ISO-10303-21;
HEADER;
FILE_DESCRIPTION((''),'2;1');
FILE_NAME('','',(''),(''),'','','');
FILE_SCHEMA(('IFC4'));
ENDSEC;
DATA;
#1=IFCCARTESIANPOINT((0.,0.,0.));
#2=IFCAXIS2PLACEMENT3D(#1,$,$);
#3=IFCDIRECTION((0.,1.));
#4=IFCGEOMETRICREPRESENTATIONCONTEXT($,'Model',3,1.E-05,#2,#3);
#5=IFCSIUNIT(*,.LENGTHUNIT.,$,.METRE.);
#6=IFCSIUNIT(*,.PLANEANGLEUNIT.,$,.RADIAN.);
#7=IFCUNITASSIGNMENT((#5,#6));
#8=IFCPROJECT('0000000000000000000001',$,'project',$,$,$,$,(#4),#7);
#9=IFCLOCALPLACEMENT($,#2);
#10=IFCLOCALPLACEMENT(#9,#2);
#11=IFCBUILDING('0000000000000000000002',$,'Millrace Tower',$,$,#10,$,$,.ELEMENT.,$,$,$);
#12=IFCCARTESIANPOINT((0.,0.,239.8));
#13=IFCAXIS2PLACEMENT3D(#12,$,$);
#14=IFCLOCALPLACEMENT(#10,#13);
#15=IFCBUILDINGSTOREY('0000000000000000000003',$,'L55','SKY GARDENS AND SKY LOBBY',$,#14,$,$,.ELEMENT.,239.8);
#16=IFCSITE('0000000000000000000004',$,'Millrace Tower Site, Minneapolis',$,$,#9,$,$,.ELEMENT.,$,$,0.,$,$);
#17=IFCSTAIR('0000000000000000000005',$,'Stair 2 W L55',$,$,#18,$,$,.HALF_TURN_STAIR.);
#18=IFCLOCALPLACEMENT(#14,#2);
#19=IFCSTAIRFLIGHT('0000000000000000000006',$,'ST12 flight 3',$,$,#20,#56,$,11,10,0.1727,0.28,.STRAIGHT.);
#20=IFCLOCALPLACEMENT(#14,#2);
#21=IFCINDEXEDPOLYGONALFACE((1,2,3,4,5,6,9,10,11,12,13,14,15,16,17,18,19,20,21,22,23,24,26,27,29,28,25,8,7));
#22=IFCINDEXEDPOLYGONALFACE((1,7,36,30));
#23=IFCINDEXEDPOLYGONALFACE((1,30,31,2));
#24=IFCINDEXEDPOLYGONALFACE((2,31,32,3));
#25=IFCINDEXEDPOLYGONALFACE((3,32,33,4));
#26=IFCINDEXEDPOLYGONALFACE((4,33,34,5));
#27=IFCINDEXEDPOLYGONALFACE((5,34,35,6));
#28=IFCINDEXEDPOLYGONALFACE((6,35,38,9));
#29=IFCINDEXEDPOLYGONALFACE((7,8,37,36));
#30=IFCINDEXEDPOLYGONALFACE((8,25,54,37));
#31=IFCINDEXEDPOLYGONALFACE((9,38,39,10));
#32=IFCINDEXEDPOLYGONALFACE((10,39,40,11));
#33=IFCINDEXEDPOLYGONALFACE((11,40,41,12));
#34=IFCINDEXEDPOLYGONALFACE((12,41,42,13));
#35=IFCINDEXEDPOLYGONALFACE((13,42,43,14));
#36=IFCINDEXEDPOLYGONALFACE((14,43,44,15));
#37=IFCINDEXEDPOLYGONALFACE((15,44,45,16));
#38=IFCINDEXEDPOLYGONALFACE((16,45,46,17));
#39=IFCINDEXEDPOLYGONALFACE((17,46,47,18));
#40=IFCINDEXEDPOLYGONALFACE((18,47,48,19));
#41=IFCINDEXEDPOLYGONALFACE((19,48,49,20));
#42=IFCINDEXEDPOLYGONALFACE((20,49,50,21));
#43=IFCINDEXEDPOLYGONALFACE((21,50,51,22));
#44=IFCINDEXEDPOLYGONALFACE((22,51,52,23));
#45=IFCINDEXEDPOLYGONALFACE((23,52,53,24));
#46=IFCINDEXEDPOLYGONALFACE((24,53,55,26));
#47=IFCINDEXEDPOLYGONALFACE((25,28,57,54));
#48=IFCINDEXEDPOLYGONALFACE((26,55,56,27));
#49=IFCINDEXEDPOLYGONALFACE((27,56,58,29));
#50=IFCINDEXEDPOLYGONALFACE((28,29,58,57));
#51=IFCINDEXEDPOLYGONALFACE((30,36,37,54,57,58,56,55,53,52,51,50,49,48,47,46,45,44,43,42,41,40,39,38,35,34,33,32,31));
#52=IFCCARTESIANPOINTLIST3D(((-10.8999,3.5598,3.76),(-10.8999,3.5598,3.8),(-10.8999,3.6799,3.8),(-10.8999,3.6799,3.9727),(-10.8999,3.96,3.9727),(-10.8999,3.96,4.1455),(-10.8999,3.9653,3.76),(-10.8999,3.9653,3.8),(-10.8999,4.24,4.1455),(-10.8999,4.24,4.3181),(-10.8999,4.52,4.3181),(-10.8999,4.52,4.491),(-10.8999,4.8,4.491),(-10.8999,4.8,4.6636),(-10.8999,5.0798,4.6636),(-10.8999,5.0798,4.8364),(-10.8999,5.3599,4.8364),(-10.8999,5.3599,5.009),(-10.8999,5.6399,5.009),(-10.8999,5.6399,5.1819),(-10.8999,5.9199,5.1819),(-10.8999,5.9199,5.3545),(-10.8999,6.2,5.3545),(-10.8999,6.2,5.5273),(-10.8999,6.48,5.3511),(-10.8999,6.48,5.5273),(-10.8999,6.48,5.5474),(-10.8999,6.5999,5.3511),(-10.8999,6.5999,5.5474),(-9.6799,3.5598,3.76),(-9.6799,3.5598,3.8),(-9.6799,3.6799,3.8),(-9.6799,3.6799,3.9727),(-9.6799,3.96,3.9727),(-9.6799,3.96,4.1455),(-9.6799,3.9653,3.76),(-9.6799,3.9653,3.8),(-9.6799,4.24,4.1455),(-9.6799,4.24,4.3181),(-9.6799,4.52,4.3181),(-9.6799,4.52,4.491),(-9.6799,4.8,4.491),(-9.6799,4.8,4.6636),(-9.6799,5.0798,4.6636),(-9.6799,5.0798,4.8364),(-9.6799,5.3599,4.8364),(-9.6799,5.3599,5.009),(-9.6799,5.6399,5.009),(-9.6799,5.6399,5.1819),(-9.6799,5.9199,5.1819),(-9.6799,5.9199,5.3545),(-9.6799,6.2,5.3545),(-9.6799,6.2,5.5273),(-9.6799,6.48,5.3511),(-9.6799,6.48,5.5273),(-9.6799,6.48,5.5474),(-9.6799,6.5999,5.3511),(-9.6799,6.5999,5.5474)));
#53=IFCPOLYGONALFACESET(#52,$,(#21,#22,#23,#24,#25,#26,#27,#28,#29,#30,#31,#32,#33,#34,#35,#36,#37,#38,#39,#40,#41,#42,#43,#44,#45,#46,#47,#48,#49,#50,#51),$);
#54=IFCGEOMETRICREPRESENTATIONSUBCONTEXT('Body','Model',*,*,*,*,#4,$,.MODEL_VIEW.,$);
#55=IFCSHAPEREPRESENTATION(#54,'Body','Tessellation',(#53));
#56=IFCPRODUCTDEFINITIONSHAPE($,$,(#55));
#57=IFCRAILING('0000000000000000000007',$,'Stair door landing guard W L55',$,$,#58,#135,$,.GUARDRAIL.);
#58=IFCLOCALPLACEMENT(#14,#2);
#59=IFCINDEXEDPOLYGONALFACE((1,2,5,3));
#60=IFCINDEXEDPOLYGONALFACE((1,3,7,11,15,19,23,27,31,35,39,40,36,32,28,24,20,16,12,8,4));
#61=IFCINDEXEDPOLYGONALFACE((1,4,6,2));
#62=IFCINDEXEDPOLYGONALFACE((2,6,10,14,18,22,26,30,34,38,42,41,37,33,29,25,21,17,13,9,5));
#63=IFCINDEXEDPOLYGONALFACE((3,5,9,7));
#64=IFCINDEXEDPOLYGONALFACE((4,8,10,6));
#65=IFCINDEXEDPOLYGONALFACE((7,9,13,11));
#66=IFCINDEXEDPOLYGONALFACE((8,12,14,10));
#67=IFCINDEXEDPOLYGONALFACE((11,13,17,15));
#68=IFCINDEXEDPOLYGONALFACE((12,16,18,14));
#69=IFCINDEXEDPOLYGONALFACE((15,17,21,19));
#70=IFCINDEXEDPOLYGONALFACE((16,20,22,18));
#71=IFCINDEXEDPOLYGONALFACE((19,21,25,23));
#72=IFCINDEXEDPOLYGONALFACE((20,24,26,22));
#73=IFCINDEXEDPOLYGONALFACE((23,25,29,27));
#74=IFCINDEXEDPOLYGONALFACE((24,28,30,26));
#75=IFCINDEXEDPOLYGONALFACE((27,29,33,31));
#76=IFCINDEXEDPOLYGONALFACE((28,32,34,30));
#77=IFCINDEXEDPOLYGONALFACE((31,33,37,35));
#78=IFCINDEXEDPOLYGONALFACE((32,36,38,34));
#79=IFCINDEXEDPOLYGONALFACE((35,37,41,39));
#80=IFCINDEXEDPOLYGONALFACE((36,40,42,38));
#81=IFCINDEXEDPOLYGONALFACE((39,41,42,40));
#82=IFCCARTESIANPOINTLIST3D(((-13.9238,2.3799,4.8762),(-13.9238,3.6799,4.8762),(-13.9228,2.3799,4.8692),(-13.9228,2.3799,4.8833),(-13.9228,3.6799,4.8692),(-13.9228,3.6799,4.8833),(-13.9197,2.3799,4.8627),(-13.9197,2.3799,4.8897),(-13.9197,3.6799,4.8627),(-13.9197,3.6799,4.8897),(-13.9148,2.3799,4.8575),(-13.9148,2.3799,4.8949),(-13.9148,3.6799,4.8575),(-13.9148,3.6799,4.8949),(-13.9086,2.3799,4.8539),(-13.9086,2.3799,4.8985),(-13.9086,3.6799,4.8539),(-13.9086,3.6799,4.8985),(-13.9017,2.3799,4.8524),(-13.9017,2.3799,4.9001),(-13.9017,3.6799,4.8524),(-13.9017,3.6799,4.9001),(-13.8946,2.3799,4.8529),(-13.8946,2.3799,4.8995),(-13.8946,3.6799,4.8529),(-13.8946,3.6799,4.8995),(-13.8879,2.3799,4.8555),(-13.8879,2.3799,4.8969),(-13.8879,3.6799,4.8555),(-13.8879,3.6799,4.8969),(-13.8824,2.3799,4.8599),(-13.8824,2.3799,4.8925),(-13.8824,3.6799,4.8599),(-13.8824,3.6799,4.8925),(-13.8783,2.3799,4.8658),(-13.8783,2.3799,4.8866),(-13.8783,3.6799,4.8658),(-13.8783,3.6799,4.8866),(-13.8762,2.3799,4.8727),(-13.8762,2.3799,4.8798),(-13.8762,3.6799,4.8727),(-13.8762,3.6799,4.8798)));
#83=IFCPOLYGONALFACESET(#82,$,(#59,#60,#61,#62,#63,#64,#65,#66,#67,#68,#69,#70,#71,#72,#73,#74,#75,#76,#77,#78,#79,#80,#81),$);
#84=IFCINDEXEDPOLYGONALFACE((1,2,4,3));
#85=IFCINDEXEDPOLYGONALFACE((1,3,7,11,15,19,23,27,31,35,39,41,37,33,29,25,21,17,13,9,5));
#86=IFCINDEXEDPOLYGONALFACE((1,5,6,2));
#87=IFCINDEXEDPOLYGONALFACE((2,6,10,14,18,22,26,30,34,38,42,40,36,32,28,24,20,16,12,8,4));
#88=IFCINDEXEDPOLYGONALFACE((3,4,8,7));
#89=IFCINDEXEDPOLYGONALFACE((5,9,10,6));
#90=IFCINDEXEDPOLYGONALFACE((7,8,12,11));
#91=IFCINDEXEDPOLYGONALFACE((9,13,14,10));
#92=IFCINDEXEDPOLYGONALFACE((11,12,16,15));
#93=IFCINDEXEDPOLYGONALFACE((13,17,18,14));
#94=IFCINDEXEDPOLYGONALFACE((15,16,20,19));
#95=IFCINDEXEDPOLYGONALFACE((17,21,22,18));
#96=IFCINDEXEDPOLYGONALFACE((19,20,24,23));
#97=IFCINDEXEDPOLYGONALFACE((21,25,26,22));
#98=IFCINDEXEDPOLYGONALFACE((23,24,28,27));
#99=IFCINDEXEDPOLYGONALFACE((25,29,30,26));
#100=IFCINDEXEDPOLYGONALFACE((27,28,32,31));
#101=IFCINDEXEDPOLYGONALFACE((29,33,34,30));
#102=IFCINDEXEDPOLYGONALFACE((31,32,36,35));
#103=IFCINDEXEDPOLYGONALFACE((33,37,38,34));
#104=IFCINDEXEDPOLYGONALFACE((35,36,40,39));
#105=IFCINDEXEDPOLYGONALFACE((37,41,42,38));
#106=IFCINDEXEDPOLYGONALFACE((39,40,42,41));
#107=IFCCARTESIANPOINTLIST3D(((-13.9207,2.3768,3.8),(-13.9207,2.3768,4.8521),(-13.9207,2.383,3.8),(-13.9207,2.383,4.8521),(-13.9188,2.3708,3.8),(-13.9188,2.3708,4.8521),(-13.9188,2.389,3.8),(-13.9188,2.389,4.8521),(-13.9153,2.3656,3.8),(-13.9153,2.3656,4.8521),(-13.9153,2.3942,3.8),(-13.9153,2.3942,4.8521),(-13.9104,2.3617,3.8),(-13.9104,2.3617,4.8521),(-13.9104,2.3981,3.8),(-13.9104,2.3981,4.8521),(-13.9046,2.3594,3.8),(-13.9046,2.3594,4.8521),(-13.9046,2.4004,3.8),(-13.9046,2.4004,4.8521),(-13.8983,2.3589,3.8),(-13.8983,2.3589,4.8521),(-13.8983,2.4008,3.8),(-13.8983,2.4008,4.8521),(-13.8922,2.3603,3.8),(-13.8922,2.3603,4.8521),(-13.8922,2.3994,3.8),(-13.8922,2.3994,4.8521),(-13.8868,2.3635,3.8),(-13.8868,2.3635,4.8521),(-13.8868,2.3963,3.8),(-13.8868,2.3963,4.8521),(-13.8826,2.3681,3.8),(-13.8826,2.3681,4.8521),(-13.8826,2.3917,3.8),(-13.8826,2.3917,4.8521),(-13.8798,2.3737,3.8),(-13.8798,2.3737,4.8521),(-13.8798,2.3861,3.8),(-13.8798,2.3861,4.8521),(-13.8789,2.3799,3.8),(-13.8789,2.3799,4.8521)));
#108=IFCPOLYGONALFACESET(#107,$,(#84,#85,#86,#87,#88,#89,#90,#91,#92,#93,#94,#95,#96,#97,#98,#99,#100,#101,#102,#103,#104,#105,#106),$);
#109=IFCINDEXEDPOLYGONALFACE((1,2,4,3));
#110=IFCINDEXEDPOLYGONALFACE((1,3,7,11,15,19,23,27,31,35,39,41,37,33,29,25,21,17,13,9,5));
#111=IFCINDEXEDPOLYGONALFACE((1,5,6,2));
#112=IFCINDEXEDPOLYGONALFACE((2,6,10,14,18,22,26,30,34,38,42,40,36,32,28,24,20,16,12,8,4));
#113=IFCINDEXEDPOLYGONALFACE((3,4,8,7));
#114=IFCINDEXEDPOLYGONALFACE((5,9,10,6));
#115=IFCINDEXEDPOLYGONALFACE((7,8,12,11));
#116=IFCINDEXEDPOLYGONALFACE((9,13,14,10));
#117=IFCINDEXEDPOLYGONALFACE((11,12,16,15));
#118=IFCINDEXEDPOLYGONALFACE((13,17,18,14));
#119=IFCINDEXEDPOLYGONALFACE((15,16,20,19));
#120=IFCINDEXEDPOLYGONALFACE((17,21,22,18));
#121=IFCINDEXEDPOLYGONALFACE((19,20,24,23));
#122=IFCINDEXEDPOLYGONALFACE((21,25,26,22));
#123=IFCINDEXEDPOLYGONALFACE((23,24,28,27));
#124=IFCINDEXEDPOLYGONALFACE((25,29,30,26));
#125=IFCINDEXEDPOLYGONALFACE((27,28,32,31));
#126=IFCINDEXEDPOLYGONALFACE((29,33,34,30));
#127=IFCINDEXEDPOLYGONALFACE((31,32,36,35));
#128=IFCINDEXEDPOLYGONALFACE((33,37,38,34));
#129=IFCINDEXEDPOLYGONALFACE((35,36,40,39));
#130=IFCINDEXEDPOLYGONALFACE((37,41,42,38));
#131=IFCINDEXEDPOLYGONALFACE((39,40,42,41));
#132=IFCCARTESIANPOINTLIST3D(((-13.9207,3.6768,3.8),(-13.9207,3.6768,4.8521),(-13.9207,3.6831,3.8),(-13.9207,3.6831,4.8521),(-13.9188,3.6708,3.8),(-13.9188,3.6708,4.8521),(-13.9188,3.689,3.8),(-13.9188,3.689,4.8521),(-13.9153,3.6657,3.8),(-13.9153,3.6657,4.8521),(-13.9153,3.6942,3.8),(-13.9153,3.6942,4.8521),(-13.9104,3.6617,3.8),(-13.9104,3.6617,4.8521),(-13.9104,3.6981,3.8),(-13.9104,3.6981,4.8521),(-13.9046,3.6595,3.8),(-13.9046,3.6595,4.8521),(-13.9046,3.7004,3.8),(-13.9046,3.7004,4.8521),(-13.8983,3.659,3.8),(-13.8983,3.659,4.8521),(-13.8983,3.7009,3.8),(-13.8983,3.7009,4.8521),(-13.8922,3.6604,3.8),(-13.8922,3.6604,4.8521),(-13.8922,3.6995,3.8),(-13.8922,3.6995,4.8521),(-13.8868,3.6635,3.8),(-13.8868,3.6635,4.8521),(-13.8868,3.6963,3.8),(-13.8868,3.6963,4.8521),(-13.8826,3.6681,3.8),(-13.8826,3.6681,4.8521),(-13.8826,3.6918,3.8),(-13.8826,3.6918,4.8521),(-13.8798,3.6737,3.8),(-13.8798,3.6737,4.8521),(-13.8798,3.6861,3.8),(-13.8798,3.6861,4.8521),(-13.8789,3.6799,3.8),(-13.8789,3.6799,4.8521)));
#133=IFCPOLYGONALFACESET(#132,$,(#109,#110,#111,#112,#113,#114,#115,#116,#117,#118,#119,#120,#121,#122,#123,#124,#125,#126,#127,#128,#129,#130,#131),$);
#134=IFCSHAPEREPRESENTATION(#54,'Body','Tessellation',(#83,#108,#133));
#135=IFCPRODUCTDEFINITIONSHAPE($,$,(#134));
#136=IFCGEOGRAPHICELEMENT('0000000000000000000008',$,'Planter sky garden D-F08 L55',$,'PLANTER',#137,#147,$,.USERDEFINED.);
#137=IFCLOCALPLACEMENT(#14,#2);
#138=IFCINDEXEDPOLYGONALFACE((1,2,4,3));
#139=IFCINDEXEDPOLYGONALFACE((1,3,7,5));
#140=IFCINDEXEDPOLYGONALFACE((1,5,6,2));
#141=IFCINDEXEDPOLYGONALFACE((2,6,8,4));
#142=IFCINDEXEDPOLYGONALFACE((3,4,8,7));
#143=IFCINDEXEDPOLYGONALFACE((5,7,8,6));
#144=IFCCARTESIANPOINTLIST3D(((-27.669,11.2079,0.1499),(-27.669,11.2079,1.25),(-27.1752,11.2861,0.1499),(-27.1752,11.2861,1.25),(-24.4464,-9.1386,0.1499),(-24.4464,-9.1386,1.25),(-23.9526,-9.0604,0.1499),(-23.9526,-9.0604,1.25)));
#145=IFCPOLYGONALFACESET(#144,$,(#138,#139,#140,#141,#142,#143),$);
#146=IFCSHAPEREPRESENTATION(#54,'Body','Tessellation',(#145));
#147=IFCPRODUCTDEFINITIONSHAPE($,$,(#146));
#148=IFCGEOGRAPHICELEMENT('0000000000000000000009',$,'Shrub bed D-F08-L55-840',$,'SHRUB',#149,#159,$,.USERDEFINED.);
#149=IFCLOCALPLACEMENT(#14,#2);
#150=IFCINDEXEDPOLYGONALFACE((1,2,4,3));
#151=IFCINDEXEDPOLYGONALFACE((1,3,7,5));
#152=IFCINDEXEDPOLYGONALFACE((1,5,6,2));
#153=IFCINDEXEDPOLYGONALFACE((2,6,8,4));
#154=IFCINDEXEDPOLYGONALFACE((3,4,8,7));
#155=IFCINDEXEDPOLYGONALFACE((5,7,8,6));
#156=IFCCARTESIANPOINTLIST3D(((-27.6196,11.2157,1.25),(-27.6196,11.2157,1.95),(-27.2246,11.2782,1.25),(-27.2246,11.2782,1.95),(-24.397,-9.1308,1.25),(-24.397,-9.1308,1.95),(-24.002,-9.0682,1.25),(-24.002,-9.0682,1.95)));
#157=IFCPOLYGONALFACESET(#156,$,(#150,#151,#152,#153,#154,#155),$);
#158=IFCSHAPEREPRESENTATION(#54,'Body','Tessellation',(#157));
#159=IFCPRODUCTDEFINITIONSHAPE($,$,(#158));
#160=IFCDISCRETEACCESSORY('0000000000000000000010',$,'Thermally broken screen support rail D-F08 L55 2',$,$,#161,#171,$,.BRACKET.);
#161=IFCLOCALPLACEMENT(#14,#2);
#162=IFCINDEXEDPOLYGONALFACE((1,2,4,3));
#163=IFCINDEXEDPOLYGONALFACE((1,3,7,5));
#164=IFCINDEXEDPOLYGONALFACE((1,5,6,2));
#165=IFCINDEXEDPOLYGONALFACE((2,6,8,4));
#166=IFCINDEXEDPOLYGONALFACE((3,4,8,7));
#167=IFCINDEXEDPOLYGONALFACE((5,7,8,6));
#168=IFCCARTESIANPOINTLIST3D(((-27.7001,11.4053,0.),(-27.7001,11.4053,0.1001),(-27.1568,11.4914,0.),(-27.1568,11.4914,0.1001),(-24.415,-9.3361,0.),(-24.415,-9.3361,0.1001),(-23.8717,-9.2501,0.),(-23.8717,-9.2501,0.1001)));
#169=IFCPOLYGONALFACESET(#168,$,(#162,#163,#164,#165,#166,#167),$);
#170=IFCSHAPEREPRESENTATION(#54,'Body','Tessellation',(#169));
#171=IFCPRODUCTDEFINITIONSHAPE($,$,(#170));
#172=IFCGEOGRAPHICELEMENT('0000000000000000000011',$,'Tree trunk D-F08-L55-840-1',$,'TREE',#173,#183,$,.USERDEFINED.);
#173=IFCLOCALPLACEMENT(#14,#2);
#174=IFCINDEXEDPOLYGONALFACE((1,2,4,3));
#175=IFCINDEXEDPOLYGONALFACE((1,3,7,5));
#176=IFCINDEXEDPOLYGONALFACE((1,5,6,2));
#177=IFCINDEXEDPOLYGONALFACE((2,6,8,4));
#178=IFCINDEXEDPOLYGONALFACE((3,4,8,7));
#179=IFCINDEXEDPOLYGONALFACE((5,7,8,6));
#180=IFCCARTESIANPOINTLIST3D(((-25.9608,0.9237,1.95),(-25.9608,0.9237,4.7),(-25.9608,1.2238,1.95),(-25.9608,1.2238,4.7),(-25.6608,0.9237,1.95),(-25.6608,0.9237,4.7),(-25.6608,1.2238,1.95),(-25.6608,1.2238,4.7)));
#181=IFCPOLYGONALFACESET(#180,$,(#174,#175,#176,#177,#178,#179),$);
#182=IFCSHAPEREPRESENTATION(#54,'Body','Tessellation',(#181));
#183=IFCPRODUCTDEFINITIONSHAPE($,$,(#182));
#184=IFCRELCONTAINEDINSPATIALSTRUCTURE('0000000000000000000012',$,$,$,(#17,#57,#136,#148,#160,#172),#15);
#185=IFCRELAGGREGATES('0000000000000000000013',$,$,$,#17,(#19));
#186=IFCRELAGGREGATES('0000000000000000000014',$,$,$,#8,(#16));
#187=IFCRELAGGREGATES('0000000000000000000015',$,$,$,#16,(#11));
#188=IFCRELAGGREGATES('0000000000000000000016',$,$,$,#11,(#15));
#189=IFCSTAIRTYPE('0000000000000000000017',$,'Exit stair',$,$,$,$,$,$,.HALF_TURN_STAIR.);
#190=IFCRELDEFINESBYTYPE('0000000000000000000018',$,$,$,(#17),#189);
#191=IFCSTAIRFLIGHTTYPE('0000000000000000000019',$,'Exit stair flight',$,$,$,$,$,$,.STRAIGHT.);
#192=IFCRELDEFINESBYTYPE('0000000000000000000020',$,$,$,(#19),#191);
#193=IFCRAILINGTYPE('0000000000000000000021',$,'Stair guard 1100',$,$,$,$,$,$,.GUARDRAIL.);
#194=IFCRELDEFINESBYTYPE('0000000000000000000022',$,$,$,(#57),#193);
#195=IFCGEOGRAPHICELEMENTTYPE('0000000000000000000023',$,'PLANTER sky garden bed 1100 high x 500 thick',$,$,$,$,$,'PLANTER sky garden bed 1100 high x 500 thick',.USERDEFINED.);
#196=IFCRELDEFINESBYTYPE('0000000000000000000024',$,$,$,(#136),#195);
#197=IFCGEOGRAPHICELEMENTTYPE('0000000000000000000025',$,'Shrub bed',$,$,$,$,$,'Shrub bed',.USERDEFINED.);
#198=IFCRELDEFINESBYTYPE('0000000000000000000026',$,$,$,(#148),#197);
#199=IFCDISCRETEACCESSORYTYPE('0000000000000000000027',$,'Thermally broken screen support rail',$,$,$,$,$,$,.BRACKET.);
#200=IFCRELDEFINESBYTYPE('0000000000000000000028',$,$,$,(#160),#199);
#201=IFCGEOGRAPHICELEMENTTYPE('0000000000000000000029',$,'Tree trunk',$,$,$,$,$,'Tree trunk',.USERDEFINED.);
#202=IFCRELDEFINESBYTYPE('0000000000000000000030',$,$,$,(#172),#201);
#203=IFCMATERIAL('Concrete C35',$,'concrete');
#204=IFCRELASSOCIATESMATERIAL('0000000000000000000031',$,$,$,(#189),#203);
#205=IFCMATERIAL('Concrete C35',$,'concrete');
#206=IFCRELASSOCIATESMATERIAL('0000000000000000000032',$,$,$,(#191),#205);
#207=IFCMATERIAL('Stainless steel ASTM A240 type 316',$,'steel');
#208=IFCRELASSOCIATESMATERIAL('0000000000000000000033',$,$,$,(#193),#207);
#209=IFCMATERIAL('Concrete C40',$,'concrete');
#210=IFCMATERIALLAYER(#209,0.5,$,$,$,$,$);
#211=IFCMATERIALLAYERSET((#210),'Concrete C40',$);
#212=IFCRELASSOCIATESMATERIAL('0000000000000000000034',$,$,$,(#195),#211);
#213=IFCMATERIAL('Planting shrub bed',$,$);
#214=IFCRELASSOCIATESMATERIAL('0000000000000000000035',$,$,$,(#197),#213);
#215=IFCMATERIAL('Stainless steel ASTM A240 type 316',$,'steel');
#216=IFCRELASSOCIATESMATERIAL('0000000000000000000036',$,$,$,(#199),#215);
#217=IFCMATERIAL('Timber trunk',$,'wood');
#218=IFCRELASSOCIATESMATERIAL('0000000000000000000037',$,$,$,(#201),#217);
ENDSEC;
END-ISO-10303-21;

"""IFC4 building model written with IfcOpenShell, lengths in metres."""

from ifc_helpers import new_model, si_unit, direction, frame, origin, origin_2d, place, context, subcontext, project, spatial, polyline, rectangle, circle, outline, extrude, material, layer, layer_set, type_object, element, aggregate, save


model = new_model("IFC4")

# Units and contexts
model_context = context("Model", 3, precision=1e-05, world=origin(), true_north=direction((0.0, 1.0)))
body_context = subcontext(model_context, "Body", "Model", "MODEL_VIEW")
ifc_project = project(units=[si_unit("LENGTHUNIT", "METRE"), si_unit("PLANEANGLEUNIT", "RADIAN")], contexts=[model_context])

# Site, building, storey
site_placement = place(None, origin())
site = spatial("IfcSite", under=ifc_project, at=site_placement, Name="Millrace Tower Site, Minneapolis", CompositionType="ELEMENT", RefElevation=0.0)
building_placement = place(site_placement, origin())
building = spatial("IfcBuilding", under=site, at=building_placement, Name="Millrace Tower", CompositionType="ELEMENT")
storey_placement = place(building_placement, frame((0.0, 0.0, 239.8)))
storey = spatial("IfcBuildingStorey", under=building, at=storey_placement, Name="L55", Description="SKY GARDENS AND SKY LOBBY", CompositionType="ELEMENT", Elevation=239.8)

# Shared definitions
placement = place(storey_placement, origin())

# Stair, stair flight
ifc_material_1 = material(Name="Concrete C35", Category="concrete")
stair_type = type_object("IfcStairType", Name="Exit stair", PredefinedType="HALF_TURN_STAIR", material=ifc_material_1)
ifc_material_2 = material(Name="Concrete C35", Category="concrete")
stair_flight_type = type_object("IfcStairFlightType", Name="Exit stair flight", PredefinedType="STRAIGHT", material=ifc_material_2)
stair_1 = element("IfcStair", 1, at=placement, inside=storey, type_object=stair_type, Name="Stair 2 W L55", PredefinedType="HALF_TURN_STAIR")
stair_flight_1_placement = place(storey_placement, frame((-10.29, 3.6799, 3.8), z_axis=(0.0, 0.0, 1.0), x_axis=(0.0, 1.0, 0.0)))
stair_flight_1 = element("IfcStairFlight", 2, at=stair_flight_1_placement, type_object=stair_flight_type, Name="ST12 flight 3", NumberOfRisers=11, NumberOfTreads=10, PredefinedType="STRAIGHT", RiserHeight=0.1727, TreadLength=0.28, context=body_context, shape_type="SweptSolid", body=[
    extrude(outline(polyline([(-0.1201, -0.04), (-0.1201, 0.0), (0.0, 0.0), (0.0, 0.1726), (0.28, 0.1726), (0.28, 0.3455), (0.5601, 0.3455), (0.5601, 0.5181), (0.8401, 0.5181), (0.8401, 0.6909), (1.1201, 0.6909), (1.1201, 0.8635), (1.3999, 0.8635), (1.3999, 1.0364), (1.6799, 1.0364), (1.6799, 1.209), (1.96, 1.209), (1.96, 1.3818), (2.24, 1.3818), (2.24, 1.5544), (2.52, 1.5544), (2.52, 1.7273), (2.8, 1.7273), (2.8, 1.7473), (2.9199, 1.7473), (2.9199, 1.551), (2.8, 1.551), (0.2854, 0.0), (0.2854, -0.04), (-0.1201, -0.04)])), frame((0.0, 0.6099, 0.0), z_axis=(0.0, -1.0, 0.0), x_axis=(1.0, 0.0, 0.0)), (0.0, 0.0, 1.0), 1.22),
])
aggregate(stair_1, [stair_flight_1])

# Railing
ifc_material_3 = material(Name="Stainless steel ASTM A240 type 316", Category="steel")
railing_type_1 = type_object("IfcRailingType", Name="Stair guard 1100", PredefinedType="GUARDRAIL", material=ifc_material_3)
railing_1_placement = place(storey_placement, frame((-13.8999, 2.3799, 3.8)))
element("IfcRailing", 3, at=railing_1_placement, inside=storey, type_object=railing_type_1, Name="Stair door landing guard W L55", PredefinedType="GUARDRAIL", context=body_context, shape_type="SweptSolid", body=[
    extrude(circle(Radius=0.0239, at=origin_2d()), frame((0.0, 0.0, 1.0762), z_axis=(0.0, 1.0, 0.0), x_axis=(-1.0, 0.0, 0.0)), (0.0, 0.0, 1.0), 1.3),
    extrude(circle(Radius=0.021, at=origin_2d()), origin(), (0.0, 0.0, 1.0), 1.052),
    extrude(circle(Radius=0.021, at=origin_2d()), frame((0.0, 1.3, 0.0)), (0.0, 0.0, 1.0), 1.052),
])

# Geographic elements
ifc_material_4 = material(Name="Concrete C40", Category="concrete")
ifc_layer_1 = layer(ifc_material_4, 0.5)
ifc_layer_set_1 = layer_set([ifc_layer_1], Name="Concrete C40")
geographic_element_type_1 = type_object("IfcGeographicElementType", Name="PLANTER sky garden bed 1100 high x 500 thick", ElementType="PLANTER sky garden bed 1100 high x 500 thick", PredefinedType="USERDEFINED", material=ifc_layer_set_1)
geographic_element_1_placement = place(storey_placement, frame((-25.8108, 1.0737, 0.1499), z_axis=(0.0, 0.0, 1.0), x_axis=(0.156434, -0.987688, 0.0)))
element("IfcGeographicElement", 4, at=geographic_element_1_placement, inside=storey, type_object=geographic_element_type_1, Name="Planter sky garden D-F08 L55", ObjectType="PLANTER", PredefinedType="USERDEFINED", context=body_context, shape_type="SweptSolid", body=[
    extrude(rectangle(XDim=20.6001, YDim=0.5, at=origin_2d()), origin(), (0.0, 0.0, 1.0), 1.1001),
])
ifc_material_5 = material(Name="Planting shrub bed")
geographic_element_type_2 = type_object("IfcGeographicElementType", Name="Shrub bed", ElementType="Shrub bed", PredefinedType="USERDEFINED", material=ifc_material_5)
geographic_element_2_placement = place(storey_placement, frame((-25.8108, 1.0737, 1.25), z_axis=(0.0, 0.0, 1.0), x_axis=(0.156434, -0.987688, 0.0)))
element("IfcGeographicElement", 5, at=geographic_element_2_placement, inside=storey, type_object=geographic_element_type_2, Name="Shrub bed D-F08-L55-840", ObjectType="SHRUB", PredefinedType="USERDEFINED", context=body_context, shape_type="SweptSolid", body=[
    extrude(rectangle(XDim=20.6001, YDim=0.3999, at=origin_2d()), origin(), (0.0, 0.0, 1.0), 0.7),
])

# Discrete accessory
ifc_material_6 = material(Name="Stainless steel ASTM A240 type 316", Category="steel")
discrete_accessory_type = type_object("IfcDiscreteAccessoryType", Name="Thermally broken screen support rail", PredefinedType="BRACKET", material=ifc_material_6)
discrete_accessory_placement = place(storey_placement, frame((-25.7859, 1.0776, 0.0), z_axis=(0.0, 0.0, 1.0), x_axis=(0.156434, -0.987688, 0.0)))
element("IfcDiscreteAccessory", 6, at=discrete_accessory_placement, inside=storey, type_object=discrete_accessory_type, Name="Thermally broken screen support rail D-F08 L55 2", PredefinedType="BRACKET", context=body_context, shape_type="SweptSolid", body=[
    extrude(rectangle(XDim=21.0, YDim=0.55, at=origin_2d()), origin(), (0.0, 0.0, 1.0), 0.1001),
])

# Geographic element
ifc_material_7 = material(Name="Timber trunk", Category="wood")
geographic_element_type_3 = type_object("IfcGeographicElementType", Name="Tree trunk", ElementType="Tree trunk", PredefinedType="USERDEFINED", material=ifc_material_7)
geographic_element_3_placement = place(storey_placement, frame((-25.8108, 1.0737, 1.95), z_axis=(0.0, 0.0, 1.0), x_axis=(1.0, 0.0, 0.0)))
element("IfcGeographicElement", 7, at=geographic_element_3_placement, inside=storey, type_object=geographic_element_type_3, Name="Tree trunk D-F08-L55-840-1", ObjectType="TREE", PredefinedType="USERDEFINED", context=body_context, shape_type="SweptSolid", body=[
    extrude(rectangle(XDim=0.3, YDim=0.3, at=origin_2d()), origin(), (0.0, 0.0, 1.0), 2.75),
])

save(model, "model.ifc")
